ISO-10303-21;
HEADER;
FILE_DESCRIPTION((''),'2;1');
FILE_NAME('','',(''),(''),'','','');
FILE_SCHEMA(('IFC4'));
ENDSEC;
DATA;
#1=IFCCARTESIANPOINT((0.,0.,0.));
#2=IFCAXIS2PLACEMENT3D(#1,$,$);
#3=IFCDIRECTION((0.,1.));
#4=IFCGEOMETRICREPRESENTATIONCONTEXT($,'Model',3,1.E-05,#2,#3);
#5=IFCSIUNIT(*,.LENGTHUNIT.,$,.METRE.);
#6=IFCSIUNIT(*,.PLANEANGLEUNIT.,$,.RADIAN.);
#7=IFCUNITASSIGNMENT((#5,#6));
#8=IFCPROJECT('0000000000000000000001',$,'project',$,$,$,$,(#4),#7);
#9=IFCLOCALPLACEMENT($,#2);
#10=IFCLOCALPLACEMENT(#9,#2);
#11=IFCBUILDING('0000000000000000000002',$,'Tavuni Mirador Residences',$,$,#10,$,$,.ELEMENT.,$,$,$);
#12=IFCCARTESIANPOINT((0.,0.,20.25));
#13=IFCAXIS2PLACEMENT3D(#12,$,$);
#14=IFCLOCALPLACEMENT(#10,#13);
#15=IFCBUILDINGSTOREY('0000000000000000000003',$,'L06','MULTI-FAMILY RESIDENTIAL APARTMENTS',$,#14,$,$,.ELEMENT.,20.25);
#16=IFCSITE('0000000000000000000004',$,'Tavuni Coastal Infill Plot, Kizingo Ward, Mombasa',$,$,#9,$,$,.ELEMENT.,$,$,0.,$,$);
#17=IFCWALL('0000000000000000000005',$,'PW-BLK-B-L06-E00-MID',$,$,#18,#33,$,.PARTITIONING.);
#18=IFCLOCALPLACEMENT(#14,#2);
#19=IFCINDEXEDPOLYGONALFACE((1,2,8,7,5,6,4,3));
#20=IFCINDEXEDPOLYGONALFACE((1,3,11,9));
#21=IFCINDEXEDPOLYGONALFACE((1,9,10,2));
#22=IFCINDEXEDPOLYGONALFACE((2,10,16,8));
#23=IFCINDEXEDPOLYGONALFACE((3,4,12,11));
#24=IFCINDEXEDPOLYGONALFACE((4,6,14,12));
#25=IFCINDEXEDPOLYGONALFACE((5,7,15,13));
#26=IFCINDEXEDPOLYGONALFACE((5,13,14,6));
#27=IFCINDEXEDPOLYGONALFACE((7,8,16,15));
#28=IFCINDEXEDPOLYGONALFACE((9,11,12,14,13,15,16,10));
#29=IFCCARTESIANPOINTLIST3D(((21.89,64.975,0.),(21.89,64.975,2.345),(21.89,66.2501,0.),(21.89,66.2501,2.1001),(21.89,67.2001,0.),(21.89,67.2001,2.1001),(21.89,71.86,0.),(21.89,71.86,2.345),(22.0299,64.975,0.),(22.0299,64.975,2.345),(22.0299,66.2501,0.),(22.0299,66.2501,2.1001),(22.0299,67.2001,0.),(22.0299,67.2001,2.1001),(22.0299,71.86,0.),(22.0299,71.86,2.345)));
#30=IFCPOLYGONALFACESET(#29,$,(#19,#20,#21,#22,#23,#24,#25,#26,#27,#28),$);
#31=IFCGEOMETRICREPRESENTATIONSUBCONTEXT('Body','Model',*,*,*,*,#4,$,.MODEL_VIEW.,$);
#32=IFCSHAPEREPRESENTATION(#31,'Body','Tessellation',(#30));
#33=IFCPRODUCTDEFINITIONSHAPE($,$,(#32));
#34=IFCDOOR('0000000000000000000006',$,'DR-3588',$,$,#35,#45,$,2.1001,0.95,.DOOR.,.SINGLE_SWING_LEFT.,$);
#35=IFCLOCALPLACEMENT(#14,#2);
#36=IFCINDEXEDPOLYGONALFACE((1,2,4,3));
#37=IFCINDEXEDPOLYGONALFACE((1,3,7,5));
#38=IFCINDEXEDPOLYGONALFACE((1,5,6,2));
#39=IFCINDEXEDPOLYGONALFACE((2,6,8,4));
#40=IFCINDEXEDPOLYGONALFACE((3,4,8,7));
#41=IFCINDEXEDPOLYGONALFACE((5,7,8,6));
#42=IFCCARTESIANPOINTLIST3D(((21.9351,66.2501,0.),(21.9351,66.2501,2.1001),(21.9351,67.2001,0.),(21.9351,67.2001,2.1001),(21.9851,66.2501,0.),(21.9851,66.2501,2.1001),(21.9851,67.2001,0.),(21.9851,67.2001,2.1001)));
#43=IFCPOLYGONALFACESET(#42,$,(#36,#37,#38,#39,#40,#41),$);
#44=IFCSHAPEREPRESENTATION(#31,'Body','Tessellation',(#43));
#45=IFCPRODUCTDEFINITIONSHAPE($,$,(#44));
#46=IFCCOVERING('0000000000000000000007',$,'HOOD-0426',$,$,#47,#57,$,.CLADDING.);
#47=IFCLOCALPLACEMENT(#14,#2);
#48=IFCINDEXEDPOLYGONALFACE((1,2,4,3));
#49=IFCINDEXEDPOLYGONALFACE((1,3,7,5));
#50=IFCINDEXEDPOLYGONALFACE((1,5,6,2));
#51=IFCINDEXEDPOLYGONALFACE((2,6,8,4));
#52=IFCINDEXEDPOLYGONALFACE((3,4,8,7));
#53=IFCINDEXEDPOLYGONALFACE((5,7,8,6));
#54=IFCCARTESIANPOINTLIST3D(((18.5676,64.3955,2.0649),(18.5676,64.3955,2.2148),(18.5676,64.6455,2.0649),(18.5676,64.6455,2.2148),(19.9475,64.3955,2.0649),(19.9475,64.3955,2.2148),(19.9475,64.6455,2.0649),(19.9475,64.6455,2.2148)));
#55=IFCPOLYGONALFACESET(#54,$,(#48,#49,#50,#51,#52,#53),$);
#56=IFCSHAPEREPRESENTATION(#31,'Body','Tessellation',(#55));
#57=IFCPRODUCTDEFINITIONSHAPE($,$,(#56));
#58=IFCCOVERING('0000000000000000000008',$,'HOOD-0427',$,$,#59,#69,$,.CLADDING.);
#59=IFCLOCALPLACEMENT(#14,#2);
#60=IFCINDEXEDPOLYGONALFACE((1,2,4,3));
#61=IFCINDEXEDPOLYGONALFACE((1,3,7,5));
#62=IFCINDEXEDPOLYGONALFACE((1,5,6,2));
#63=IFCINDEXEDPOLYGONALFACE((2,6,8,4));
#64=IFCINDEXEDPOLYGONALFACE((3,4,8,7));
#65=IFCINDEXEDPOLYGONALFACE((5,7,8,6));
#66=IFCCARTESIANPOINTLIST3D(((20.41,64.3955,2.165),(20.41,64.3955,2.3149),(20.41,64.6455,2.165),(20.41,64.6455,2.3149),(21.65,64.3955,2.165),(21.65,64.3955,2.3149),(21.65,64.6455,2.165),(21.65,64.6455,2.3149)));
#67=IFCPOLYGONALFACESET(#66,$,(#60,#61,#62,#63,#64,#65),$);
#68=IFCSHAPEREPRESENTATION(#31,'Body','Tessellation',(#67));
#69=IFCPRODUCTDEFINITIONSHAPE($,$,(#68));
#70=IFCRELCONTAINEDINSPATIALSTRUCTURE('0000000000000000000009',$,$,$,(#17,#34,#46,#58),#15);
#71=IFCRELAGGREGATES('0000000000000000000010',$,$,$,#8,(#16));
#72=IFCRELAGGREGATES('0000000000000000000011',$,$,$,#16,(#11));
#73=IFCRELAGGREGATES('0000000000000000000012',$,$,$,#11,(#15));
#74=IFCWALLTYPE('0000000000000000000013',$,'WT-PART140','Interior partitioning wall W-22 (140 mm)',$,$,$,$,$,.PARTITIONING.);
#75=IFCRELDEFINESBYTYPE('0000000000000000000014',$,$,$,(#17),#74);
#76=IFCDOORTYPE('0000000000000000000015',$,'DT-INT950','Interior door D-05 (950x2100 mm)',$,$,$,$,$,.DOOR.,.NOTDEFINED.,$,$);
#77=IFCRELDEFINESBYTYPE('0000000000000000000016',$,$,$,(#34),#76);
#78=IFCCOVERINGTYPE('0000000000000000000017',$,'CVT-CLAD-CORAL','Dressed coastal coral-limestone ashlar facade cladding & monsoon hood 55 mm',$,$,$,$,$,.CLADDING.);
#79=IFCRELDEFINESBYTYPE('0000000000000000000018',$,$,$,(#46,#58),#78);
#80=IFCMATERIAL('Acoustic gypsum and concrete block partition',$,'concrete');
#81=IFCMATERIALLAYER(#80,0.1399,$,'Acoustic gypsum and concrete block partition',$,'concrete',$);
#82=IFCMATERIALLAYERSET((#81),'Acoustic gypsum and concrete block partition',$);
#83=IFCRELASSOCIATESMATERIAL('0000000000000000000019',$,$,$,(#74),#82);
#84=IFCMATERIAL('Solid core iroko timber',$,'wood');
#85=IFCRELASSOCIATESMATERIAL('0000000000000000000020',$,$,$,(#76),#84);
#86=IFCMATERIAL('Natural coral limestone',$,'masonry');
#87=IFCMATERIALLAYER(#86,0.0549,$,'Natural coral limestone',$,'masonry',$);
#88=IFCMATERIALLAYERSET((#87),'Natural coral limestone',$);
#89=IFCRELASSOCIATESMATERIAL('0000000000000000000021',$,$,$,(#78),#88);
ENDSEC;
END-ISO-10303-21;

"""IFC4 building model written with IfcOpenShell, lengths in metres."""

from ifc_helpers import new_model, si_unit, direction, frame, frame_2d, origin, origin_2d, place, context, subcontext, project, spatial, rectangle, extrude, material, layer, layer_set, type_object, element, fill, save


model = new_model("IFC4")

# Units and contexts
model_context = context("Model", 3, precision=1e-05, world=origin(), true_north=direction((0.0, 1.0)))
body_context = subcontext(model_context, "Body", "Model", "MODEL_VIEW")
ifc_project = project(units=[si_unit("LENGTHUNIT", "METRE"), si_unit("PLANEANGLEUNIT", "RADIAN")], contexts=[model_context])

# Site, building, storey
site_placement = place(None, origin())
site = spatial("IfcSite", under=ifc_project, at=site_placement, Name="Tavuni Coastal Infill Plot, Kizingo Ward, Mombasa", CompositionType="ELEMENT", RefElevation=0.0)
building_placement = place(site_placement, origin())
building = spatial("IfcBuilding", under=site, at=building_placement, Name="Tavuni Mirador Residences", CompositionType="ELEMENT")
storey_placement = place(building_placement, frame((0.0, 0.0, 20.25)))
storey = spatial("IfcBuildingStorey", under=building, at=storey_placement, Name="L06", Description="MULTI-FAMILY RESIDENTIAL APARTMENTS", CompositionType="ELEMENT", Elevation=20.25)

# Shared definitions
ifc_material_1 = material(Name="Solid core iroko timber", Category="wood")

# Wall, opening, door
ifc_material_2 = material(Name="Acoustic gypsum and concrete block partition", Category="concrete")
ifc_layer_1 = layer(ifc_material_2, 0.1399, Name="Acoustic gypsum and concrete block partition", Category="concrete")
ifc_layer_set_1 = layer_set([ifc_layer_1], Name="Acoustic gypsum and concrete block partition")
wall_type_1 = type_object("IfcWallType", Name="WT-PART140", Description="Interior partitioning wall W-22 (140 mm)", PredefinedType="PARTITIONING", material=ifc_layer_set_1)
wall_1_placement = place(storey_placement, frame((21.96, 64.9751, 0.0), z_axis=(0.0, 0.0, 1.0), x_axis=(0.0, 1.0, 0.0)))
wall_1 = element("IfcWall", 1, at=wall_1_placement, inside=storey, type_object=wall_type_1, Name="PW-BLK-B-L06-E00-MID", PredefinedType="PARTITIONING", context=body_context, shape_type="SweptSolid", body=[
    extrude(rectangle(XDim=6.885, YDim=0.1399, at=frame_2d((3.4424, 0.0))), origin(), (0.0, 0.0, 1.0), 2.345),
])
opening_1_placement = place(wall_1_placement, frame((1.2749, 0.0, 0.0)))
opening_1 = element("IfcOpeningElement", 2, at=opening_1_placement, cuts=wall_1, PredefinedType="OPENING", context=body_context, shape_type="SweptSolid", body=[
    extrude(rectangle(XDim=0.95, YDim=2.1001, at=frame_2d((0.4751, 1.05))), frame((0.0, 0.0801, 0.0), z_axis=(0.0, -1.0, 0.0), x_axis=(1.0, 0.0, 0.0)), (0.0, 0.0, 1.0), 0.1599),
])
door_type_1 = type_object("IfcDoorType", Name="DT-INT950", Description="Interior door D-05 (950x2100 mm)", OperationType="NOTDEFINED", PredefinedType="DOOR", material=ifc_material_1)
door_1_placement = place(opening_1_placement, origin())
door_1 = element("IfcDoor", 3, at=door_1_placement, inside=storey, type_object=door_type_1, Name="DR-3588", OperationType="SINGLE_SWING_LEFT", OverallHeight=2.1001, OverallWidth=0.95, PredefinedType="DOOR", context=body_context, shape_type="SweptSolid", body=[
    extrude(rectangle(XDim=0.95, YDim=2.1001, at=frame_2d((0.4751, 1.05))), frame((0.0, 0.0249, 0.0), z_axis=(0.0, -1.0, 0.0), x_axis=(1.0, 0.0, 0.0)), (0.0, 0.0, 1.0), 0.05),
])
fill(opening_1, door_1)

# Coverings
ifc_material_3 = material(Name="Natural coral limestone", Category="masonry")
ifc_layer_2 = layer(ifc_material_3, 0.0549, Name="Natural coral limestone", Category="masonry")
ifc_layer_set_2 = layer_set([ifc_layer_2], Name="Natural coral limestone")
covering_type = type_object("IfcCoveringType", Name="CVT-CLAD-CORAL", Description="Dressed coastal coral-limestone ashlar facade cladding & monsoon hood 55 mm", PredefinedType="CLADDING", material=ifc_layer_set_2)
covering_1_placement = place(storey_placement, frame((19.2576, 64.5205, 2.0649), z_axis=(0.0, 0.0, 1.0), x_axis=(1.0, 0.0, 0.0)))
element("IfcCovering", 4, at=covering_1_placement, inside=storey, type_object=covering_type, Name="HOOD-0426", PredefinedType="CLADDING", context=body_context, shape_type="SweptSolid", body=[
    extrude(rectangle(XDim=1.3799, YDim=0.25, at=origin_2d()), origin(), (0.0, 0.0, 1.0), 0.1499),
])
covering_2_placement = place(storey_placement, frame((21.03, 64.5205, 2.165), z_axis=(0.0, 0.0, 1.0), x_axis=(1.0, 0.0, 0.0)))
element("IfcCovering", 5, at=covering_2_placement, inside=storey, type_object=covering_type, Name="HOOD-0427", PredefinedType="CLADDING", context=body_context, shape_type="SweptSolid", body=[
    extrude(rectangle(XDim=1.24, YDim=0.25, at=origin_2d()), origin(), (0.0, 0.0, 1.0), 0.1499),
])

save(model, "model.ifc")
